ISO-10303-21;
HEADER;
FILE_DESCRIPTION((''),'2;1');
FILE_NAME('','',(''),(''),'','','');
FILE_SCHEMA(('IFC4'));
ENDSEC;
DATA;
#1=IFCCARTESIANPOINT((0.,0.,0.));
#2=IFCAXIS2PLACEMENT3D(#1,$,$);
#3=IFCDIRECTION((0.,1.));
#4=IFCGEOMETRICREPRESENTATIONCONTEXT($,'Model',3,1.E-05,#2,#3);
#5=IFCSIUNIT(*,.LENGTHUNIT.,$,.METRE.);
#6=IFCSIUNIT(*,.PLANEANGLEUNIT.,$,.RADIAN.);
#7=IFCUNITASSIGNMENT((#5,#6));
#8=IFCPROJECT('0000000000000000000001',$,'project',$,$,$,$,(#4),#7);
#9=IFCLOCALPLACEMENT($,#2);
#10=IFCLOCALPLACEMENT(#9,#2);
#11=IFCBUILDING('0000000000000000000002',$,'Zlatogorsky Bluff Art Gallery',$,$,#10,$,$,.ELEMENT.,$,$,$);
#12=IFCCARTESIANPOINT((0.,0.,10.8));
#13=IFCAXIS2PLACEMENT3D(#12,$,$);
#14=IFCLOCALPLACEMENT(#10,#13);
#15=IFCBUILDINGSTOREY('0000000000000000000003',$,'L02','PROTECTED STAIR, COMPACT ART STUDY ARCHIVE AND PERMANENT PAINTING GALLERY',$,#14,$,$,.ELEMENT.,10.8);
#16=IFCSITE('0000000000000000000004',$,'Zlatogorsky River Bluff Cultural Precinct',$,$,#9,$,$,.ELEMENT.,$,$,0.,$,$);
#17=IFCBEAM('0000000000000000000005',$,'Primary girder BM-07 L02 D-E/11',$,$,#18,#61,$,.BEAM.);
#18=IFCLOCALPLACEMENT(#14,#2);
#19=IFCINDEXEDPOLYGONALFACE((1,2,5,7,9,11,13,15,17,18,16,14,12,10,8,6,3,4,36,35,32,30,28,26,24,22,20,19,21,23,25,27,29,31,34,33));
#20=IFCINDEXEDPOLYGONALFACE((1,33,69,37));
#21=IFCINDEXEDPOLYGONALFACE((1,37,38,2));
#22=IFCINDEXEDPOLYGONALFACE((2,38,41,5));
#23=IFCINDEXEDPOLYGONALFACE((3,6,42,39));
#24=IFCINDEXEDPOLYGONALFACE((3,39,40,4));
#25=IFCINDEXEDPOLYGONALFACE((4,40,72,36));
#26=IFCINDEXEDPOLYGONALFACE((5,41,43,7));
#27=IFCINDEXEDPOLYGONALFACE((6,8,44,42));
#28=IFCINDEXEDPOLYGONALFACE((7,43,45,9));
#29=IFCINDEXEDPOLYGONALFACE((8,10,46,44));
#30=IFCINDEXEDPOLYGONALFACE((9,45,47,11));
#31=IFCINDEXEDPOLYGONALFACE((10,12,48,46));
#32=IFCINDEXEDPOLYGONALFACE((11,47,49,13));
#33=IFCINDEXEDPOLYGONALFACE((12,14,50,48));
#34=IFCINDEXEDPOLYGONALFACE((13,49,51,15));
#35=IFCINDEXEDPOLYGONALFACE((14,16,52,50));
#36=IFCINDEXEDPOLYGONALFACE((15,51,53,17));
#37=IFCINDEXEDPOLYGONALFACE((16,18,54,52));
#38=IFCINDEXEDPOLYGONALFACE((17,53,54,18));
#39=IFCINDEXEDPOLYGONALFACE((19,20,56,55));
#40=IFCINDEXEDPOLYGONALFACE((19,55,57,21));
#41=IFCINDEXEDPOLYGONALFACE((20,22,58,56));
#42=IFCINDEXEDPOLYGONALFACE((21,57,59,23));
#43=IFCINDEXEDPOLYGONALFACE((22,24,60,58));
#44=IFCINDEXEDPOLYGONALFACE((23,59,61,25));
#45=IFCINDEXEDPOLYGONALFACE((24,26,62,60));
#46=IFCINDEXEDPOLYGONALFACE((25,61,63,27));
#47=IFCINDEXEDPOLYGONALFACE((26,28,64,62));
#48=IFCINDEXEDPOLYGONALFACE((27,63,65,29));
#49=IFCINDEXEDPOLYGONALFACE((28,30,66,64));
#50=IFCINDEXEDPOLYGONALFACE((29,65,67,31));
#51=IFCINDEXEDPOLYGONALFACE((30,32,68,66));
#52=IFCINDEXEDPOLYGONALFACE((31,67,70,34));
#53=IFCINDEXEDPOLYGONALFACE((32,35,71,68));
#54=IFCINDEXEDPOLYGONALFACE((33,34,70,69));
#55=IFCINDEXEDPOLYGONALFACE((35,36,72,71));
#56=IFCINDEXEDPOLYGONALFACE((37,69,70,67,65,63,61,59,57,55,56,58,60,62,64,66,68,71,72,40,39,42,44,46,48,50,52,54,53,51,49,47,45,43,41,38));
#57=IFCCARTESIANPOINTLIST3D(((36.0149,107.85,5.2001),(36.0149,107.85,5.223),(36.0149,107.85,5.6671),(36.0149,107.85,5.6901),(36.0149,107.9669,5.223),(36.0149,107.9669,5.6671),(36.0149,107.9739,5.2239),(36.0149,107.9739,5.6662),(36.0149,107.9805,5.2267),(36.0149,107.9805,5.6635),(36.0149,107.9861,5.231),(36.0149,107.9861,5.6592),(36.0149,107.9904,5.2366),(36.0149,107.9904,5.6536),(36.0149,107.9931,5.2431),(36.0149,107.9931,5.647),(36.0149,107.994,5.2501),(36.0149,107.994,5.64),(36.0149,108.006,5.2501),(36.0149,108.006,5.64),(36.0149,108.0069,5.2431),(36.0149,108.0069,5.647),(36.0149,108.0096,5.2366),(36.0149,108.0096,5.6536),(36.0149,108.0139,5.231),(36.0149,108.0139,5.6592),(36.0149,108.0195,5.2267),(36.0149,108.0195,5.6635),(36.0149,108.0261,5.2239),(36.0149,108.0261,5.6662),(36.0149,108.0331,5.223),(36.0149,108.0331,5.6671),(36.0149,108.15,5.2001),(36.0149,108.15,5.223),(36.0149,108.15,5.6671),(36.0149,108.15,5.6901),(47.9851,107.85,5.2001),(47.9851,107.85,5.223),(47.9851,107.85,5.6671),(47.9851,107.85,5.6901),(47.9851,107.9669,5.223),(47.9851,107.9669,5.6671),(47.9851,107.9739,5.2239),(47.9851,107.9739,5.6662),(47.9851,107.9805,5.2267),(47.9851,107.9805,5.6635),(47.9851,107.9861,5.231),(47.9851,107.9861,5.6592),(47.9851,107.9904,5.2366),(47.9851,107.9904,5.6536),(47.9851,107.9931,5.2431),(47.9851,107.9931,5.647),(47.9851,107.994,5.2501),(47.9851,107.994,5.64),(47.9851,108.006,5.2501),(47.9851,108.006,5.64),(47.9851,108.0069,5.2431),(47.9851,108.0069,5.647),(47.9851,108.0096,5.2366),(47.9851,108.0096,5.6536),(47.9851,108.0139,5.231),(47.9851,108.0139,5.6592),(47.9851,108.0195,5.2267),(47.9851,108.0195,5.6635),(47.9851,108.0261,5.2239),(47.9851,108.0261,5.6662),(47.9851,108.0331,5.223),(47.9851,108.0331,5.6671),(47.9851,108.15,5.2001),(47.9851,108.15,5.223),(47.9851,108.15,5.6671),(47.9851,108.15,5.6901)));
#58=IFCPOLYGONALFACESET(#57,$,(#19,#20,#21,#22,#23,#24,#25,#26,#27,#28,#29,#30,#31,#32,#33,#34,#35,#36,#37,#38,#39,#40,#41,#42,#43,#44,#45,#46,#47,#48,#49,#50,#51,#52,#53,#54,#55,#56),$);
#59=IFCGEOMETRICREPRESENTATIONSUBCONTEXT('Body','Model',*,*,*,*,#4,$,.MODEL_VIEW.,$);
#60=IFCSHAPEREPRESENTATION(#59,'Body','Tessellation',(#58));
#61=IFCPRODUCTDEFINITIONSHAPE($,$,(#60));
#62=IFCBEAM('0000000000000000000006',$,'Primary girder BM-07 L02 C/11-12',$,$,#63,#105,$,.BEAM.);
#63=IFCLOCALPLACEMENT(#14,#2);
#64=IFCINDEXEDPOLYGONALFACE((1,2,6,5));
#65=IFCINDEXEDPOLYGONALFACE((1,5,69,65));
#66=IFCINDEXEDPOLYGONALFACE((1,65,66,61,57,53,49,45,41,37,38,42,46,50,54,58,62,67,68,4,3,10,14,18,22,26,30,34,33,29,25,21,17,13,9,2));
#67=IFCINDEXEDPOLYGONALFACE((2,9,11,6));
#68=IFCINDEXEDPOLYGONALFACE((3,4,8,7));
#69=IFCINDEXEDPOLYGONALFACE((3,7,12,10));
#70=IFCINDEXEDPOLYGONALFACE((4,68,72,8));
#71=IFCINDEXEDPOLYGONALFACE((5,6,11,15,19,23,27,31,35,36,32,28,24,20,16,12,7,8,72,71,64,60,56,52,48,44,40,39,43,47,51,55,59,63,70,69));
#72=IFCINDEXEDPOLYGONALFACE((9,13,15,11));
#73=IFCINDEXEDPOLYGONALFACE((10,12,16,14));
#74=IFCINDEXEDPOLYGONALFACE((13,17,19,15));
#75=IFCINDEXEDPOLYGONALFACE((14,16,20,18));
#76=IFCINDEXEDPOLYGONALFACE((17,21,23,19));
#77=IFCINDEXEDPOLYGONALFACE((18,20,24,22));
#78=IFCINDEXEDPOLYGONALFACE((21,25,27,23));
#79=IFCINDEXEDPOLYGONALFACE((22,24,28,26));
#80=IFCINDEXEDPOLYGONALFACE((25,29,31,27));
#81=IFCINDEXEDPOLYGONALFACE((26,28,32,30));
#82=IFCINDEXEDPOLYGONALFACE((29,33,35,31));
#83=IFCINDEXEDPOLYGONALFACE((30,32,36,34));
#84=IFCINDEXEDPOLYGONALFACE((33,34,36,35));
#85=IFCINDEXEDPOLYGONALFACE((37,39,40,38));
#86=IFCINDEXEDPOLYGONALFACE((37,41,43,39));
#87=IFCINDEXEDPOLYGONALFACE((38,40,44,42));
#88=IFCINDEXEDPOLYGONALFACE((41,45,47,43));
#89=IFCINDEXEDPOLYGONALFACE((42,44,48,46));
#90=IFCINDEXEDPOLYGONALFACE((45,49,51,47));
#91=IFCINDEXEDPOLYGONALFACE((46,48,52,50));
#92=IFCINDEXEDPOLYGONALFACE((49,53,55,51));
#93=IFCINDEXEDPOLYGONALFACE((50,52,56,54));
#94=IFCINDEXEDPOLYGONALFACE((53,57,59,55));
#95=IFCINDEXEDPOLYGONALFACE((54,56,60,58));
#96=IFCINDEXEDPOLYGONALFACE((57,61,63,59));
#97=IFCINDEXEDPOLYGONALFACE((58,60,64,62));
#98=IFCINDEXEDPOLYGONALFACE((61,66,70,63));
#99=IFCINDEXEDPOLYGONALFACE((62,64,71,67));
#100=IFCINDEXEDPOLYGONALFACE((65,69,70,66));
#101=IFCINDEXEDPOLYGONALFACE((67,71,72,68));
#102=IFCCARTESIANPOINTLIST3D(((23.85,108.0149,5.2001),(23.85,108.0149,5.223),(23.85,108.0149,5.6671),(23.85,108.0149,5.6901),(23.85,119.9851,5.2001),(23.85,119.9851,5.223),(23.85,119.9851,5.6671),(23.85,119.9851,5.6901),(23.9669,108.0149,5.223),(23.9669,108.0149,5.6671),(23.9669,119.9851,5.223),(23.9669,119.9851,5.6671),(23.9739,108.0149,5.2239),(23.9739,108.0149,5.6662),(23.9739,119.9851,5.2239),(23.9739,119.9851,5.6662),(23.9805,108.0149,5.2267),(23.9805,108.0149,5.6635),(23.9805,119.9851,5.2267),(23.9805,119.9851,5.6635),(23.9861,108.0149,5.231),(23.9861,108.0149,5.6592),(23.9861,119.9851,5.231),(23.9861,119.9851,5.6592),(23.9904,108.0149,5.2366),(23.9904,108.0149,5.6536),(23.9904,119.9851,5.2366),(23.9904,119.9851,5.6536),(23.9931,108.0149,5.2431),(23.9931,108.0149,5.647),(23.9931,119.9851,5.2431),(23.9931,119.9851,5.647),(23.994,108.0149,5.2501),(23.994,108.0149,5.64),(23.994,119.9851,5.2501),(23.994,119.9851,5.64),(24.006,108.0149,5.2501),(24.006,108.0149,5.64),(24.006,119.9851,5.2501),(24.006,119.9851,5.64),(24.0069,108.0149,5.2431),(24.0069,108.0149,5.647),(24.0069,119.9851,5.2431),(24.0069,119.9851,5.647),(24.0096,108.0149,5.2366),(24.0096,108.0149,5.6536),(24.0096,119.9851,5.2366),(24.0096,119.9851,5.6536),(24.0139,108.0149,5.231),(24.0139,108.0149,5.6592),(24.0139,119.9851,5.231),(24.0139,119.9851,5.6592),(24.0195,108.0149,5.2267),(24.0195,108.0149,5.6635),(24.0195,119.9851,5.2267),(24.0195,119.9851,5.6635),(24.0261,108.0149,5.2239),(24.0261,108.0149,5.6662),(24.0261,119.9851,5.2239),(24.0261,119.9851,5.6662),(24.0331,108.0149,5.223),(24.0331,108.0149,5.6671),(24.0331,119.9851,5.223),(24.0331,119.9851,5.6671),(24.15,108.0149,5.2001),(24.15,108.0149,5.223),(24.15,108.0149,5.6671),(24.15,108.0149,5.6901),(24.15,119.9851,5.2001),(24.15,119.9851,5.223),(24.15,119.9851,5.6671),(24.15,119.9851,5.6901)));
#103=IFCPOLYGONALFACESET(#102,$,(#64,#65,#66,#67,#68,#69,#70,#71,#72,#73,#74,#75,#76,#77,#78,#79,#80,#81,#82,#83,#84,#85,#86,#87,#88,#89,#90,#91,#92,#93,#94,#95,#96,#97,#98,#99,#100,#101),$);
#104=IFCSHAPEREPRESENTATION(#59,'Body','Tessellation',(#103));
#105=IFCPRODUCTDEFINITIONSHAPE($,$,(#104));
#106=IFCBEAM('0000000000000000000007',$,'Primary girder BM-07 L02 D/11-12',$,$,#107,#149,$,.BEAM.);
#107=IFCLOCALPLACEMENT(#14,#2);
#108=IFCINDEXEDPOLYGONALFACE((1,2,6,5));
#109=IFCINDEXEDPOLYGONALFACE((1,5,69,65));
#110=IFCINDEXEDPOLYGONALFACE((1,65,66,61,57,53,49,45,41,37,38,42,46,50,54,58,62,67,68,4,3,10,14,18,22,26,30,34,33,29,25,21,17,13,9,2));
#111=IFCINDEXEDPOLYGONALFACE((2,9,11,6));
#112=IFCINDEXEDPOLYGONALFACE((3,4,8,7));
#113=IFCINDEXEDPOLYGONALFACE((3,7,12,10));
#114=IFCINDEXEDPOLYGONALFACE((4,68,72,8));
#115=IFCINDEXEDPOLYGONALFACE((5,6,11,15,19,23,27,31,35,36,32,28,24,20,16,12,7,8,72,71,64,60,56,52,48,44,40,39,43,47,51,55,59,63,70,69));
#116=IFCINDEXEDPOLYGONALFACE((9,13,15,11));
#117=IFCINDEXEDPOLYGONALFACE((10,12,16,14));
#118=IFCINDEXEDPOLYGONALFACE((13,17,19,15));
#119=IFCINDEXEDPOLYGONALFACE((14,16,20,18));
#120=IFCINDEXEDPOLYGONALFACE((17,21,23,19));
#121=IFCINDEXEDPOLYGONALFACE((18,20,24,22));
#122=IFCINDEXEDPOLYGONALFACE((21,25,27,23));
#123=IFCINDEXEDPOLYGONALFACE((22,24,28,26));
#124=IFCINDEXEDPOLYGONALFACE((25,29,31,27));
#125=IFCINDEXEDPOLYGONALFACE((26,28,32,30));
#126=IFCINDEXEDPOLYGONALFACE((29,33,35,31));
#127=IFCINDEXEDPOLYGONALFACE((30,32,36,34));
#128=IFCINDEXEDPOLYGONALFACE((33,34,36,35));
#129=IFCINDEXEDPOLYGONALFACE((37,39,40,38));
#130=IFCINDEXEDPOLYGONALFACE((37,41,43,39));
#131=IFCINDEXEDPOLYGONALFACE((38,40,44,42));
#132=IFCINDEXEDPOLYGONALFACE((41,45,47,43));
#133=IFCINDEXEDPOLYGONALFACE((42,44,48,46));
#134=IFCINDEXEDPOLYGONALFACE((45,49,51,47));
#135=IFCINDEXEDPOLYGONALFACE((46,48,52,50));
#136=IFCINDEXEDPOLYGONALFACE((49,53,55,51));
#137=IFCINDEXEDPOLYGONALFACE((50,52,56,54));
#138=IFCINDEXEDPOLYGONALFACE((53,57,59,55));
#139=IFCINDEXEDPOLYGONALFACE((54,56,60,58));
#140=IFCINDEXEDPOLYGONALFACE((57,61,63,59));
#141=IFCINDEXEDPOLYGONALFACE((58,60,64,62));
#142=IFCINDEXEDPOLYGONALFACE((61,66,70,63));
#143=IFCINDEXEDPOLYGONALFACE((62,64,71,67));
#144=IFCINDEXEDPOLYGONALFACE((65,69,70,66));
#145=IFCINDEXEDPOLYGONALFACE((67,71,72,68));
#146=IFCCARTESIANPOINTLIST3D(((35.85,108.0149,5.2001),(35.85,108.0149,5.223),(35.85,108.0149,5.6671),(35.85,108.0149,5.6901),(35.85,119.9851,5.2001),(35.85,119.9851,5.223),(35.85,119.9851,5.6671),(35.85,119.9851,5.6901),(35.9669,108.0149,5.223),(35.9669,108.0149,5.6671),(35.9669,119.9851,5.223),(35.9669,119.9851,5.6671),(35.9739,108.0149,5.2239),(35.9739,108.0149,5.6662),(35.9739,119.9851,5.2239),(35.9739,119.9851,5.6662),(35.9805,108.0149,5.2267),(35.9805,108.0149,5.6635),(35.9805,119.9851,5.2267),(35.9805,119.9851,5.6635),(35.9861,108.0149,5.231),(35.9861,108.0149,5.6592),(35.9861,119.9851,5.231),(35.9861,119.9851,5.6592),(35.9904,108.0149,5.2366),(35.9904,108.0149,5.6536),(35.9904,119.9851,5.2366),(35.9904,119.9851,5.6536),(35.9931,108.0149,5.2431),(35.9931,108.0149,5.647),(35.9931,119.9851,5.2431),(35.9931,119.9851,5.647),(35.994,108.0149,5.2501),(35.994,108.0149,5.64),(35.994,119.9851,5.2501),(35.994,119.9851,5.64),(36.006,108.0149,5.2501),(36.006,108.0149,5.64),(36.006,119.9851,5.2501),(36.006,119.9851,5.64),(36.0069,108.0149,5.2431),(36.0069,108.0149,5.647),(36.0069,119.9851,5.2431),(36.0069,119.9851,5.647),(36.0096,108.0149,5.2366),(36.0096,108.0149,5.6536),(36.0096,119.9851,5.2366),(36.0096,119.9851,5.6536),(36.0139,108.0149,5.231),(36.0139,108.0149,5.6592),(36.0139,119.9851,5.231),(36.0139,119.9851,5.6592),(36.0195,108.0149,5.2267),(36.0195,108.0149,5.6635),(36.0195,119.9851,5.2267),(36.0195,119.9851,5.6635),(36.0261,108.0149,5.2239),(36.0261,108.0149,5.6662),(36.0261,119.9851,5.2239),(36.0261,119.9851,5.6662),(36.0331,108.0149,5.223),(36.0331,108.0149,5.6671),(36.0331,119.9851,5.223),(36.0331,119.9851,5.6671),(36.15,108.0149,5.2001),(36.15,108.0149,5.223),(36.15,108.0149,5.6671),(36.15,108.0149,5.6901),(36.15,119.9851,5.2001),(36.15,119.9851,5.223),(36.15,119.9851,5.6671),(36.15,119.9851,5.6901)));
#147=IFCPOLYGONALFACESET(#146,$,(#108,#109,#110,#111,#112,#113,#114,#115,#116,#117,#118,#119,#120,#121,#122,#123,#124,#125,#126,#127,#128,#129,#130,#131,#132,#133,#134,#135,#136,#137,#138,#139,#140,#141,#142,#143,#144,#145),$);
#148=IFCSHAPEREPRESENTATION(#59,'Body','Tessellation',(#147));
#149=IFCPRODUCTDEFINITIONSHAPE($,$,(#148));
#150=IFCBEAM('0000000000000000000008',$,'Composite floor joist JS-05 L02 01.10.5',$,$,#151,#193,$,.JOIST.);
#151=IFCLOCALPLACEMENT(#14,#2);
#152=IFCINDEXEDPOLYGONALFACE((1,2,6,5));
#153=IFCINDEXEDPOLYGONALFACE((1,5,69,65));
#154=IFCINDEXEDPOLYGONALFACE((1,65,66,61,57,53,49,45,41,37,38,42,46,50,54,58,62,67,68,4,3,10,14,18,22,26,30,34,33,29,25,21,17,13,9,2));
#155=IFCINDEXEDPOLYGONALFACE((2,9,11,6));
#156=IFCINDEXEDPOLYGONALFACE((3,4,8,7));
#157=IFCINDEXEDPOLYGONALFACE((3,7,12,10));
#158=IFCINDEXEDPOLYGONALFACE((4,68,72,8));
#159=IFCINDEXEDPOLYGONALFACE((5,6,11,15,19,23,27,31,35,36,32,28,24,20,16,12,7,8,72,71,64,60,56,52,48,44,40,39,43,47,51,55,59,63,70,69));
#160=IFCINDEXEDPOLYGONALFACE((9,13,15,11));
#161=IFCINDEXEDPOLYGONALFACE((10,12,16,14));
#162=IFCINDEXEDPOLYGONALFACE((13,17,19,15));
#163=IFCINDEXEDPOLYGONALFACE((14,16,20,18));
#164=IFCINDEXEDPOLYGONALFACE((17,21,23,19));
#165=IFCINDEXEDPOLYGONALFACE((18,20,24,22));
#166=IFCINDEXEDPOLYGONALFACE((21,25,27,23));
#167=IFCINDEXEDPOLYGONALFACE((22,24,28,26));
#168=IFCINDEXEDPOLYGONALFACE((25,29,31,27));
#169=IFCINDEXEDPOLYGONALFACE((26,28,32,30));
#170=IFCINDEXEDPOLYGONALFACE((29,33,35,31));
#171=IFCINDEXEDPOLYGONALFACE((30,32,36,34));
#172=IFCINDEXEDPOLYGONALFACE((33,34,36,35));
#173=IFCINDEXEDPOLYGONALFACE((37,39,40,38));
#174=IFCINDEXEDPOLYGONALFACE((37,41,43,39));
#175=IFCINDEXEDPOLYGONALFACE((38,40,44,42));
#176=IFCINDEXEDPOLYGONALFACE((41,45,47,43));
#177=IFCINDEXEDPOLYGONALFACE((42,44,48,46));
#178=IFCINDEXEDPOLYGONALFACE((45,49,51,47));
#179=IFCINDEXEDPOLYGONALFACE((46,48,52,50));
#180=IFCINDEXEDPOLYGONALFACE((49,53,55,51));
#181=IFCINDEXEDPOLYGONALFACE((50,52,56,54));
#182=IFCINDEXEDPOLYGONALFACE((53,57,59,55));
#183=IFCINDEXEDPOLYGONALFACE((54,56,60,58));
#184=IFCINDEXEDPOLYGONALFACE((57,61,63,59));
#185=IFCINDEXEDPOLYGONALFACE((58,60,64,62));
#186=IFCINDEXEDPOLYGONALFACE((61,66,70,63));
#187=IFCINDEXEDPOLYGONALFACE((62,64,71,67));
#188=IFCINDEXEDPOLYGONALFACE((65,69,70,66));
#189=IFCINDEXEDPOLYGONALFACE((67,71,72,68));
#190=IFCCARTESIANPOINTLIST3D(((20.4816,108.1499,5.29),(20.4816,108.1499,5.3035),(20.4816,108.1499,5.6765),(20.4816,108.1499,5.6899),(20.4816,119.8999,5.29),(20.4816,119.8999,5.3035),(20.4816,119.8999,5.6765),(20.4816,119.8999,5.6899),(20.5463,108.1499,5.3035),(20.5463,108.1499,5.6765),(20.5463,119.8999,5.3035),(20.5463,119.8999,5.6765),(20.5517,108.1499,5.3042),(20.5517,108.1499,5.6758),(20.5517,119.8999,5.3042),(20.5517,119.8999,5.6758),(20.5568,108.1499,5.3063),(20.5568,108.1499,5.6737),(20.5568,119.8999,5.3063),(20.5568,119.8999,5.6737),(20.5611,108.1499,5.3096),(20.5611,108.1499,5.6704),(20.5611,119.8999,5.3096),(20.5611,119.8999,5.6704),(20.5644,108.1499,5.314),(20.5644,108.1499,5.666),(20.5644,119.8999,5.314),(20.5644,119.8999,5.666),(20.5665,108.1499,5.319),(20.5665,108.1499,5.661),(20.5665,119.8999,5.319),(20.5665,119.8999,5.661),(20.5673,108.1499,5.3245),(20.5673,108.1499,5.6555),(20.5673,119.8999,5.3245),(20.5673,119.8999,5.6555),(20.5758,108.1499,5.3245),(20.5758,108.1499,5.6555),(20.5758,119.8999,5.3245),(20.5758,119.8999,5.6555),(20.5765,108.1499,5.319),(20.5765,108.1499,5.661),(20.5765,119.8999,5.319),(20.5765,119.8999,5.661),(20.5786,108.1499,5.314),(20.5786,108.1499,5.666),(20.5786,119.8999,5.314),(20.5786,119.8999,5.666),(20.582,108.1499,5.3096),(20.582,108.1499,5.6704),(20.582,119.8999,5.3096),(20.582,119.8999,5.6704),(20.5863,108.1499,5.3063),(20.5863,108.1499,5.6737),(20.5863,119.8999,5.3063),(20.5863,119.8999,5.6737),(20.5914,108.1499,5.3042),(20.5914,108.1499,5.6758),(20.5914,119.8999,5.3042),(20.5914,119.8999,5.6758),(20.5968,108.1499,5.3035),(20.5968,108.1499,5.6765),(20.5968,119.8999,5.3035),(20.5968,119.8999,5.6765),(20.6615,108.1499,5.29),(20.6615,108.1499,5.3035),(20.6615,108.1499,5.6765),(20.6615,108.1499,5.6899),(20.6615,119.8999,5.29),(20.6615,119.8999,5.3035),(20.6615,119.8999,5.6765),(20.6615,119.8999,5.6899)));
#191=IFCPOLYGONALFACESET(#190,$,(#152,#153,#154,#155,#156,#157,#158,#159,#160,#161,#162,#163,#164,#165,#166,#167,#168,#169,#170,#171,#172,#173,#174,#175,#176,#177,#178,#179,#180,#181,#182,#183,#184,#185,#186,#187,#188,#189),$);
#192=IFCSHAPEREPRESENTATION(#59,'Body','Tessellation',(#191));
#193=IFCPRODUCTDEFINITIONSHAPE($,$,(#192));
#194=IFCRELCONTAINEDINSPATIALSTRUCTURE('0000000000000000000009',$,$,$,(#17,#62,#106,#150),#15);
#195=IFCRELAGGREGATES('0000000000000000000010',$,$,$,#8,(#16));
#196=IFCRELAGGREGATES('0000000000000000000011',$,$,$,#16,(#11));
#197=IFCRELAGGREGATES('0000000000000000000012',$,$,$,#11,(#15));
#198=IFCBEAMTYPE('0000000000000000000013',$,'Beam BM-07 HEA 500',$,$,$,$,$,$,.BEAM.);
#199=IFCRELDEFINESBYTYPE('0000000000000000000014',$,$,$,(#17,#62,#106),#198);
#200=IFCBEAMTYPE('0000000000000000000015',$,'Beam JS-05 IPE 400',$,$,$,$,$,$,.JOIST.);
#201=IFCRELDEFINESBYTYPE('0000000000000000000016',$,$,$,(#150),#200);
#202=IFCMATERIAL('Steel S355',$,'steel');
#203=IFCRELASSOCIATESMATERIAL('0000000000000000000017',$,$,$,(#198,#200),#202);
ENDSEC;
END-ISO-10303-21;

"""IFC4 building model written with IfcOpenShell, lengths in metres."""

from ifc_helpers import new_model, si_unit, direction, frame, origin, origin_2d, place, context, subcontext, project, spatial, i_section, extrude, material, material_profile, profile_set, type_object, element, save


model = new_model("IFC4")

# Units and contexts
model_context = context("Model", 3, precision=1e-05, world=origin(), true_north=direction((0.0, 1.0)))
body_context = subcontext(model_context, "Body", "Model", "MODEL_VIEW")
ifc_project = project(units=[si_unit("LENGTHUNIT", "METRE"), si_unit("PLANEANGLEUNIT", "RADIAN")], contexts=[model_context])

# Site, building, storey
site_placement = place(None, origin())
site = spatial("IfcSite", under=ifc_project, at=site_placement, Name="Zlatogorsky River Bluff Cultural Precinct", CompositionType="ELEMENT", RefElevation=0.0)
building_placement = place(site_placement, origin())
building = spatial("IfcBuilding", under=site, at=building_placement, Name="Zlatogorsky Bluff Art Gallery", CompositionType="ELEMENT")
storey_placement = place(building_placement, frame((0.0, 0.0, 10.8)))
storey = spatial("IfcBuildingStorey", under=building, at=storey_placement, Name="L02", Description="PROTECTED STAIR, COMPACT ART STUDY ARCHIVE AND PERMANENT PAINTING GALLERY", CompositionType="ELEMENT", Elevation=10.8)

# Beams
ifc_material_1 = material(Name="Steel S355", Category="steel")
ifc_material_profile_1 = material_profile(ifc_material_1, i_section(OverallWidth=0.3, OverallDepth=0.49, WebThickness=0.012, FlangeThickness=0.0229, FilletRadius=0.0271, at=origin_2d()), Name="HEA 500")
ifc_profile_set_1 = profile_set([ifc_material_profile_1], Name="Steel S355")
beam_type_1 = type_object("IfcBeamType", Name="Beam BM-07 HEA 500", PredefinedType="BEAM", material=ifc_profile_set_1)
for number, where, z_axis, x_axis, name in (
    (1, (36.0149, 108.0, 5.4451), (1.0, 0.0, 0.0), (0.0, 1.0, 0.0), "Primary girder BM-07 L02 D-E/11"),
    (2, (24.0, 108.0149, 5.4451), (0.0, 1.0, 0.0), (-1.0, 0.0, 0.0), "Primary girder BM-07 L02 C/11-12"),
    (3, (36.0, 108.0149, 5.4451), (0.0, 1.0, 0.0), (-1.0, 0.0, 0.0), "Primary girder BM-07 L02 D/11-12"),
):
    element("IfcBeam", number, at=place(storey_placement, frame(where, z_axis=z_axis, x_axis=x_axis)), inside=storey, type_object=beam_type_1, Name=name, PredefinedType="BEAM", context=body_context, shape_type="SweptSolid", body=[
        extrude(i_section(OverallWidth=0.3, OverallDepth=0.49, WebThickness=0.012, FlangeThickness=0.0229, FilletRadius=0.0271, at=origin_2d()), origin(), (0.0, 0.0, 1.0), 11.9702),
    ])
ifc_material_profile_2 = material_profile(ifc_material_1, i_section(OverallWidth=0.1799, OverallDepth=0.3999, WebThickness=0.0085, FlangeThickness=0.0134, FilletRadius=0.021, at=origin_2d()), Name="IPE 400")
ifc_profile_set_2 = profile_set([ifc_material_profile_2], Name="Steel S355")
beam_type_2 = type_object("IfcBeamType", Name="Beam JS-05 IPE 400", PredefinedType="JOIST", material=ifc_profile_set_2)
for number, where, z_axis, x_axis, name in (
    (4, (20.5715, 108.1499, 5.49), (0.0, 1.0, 0.0), (-1.0, 0.0, 0.0), "Composite floor joist JS-05 L02 01.10.5"),
):
    element("IfcBeam", number, at=place(storey_placement, frame(where, z_axis=z_axis, x_axis=x_axis)), inside=storey, type_object=beam_type_2, Name=name, PredefinedType="JOIST", context=body_context, shape_type="SweptSolid", body=[
        extrude(i_section(OverallWidth=0.1799, OverallDepth=0.3999, WebThickness=0.0085, FlangeThickness=0.0134, FilletRadius=0.021, at=origin_2d()), origin(), (0.0, 0.0, 1.0), 11.75),
    ])

save(model, "model.ifc")
